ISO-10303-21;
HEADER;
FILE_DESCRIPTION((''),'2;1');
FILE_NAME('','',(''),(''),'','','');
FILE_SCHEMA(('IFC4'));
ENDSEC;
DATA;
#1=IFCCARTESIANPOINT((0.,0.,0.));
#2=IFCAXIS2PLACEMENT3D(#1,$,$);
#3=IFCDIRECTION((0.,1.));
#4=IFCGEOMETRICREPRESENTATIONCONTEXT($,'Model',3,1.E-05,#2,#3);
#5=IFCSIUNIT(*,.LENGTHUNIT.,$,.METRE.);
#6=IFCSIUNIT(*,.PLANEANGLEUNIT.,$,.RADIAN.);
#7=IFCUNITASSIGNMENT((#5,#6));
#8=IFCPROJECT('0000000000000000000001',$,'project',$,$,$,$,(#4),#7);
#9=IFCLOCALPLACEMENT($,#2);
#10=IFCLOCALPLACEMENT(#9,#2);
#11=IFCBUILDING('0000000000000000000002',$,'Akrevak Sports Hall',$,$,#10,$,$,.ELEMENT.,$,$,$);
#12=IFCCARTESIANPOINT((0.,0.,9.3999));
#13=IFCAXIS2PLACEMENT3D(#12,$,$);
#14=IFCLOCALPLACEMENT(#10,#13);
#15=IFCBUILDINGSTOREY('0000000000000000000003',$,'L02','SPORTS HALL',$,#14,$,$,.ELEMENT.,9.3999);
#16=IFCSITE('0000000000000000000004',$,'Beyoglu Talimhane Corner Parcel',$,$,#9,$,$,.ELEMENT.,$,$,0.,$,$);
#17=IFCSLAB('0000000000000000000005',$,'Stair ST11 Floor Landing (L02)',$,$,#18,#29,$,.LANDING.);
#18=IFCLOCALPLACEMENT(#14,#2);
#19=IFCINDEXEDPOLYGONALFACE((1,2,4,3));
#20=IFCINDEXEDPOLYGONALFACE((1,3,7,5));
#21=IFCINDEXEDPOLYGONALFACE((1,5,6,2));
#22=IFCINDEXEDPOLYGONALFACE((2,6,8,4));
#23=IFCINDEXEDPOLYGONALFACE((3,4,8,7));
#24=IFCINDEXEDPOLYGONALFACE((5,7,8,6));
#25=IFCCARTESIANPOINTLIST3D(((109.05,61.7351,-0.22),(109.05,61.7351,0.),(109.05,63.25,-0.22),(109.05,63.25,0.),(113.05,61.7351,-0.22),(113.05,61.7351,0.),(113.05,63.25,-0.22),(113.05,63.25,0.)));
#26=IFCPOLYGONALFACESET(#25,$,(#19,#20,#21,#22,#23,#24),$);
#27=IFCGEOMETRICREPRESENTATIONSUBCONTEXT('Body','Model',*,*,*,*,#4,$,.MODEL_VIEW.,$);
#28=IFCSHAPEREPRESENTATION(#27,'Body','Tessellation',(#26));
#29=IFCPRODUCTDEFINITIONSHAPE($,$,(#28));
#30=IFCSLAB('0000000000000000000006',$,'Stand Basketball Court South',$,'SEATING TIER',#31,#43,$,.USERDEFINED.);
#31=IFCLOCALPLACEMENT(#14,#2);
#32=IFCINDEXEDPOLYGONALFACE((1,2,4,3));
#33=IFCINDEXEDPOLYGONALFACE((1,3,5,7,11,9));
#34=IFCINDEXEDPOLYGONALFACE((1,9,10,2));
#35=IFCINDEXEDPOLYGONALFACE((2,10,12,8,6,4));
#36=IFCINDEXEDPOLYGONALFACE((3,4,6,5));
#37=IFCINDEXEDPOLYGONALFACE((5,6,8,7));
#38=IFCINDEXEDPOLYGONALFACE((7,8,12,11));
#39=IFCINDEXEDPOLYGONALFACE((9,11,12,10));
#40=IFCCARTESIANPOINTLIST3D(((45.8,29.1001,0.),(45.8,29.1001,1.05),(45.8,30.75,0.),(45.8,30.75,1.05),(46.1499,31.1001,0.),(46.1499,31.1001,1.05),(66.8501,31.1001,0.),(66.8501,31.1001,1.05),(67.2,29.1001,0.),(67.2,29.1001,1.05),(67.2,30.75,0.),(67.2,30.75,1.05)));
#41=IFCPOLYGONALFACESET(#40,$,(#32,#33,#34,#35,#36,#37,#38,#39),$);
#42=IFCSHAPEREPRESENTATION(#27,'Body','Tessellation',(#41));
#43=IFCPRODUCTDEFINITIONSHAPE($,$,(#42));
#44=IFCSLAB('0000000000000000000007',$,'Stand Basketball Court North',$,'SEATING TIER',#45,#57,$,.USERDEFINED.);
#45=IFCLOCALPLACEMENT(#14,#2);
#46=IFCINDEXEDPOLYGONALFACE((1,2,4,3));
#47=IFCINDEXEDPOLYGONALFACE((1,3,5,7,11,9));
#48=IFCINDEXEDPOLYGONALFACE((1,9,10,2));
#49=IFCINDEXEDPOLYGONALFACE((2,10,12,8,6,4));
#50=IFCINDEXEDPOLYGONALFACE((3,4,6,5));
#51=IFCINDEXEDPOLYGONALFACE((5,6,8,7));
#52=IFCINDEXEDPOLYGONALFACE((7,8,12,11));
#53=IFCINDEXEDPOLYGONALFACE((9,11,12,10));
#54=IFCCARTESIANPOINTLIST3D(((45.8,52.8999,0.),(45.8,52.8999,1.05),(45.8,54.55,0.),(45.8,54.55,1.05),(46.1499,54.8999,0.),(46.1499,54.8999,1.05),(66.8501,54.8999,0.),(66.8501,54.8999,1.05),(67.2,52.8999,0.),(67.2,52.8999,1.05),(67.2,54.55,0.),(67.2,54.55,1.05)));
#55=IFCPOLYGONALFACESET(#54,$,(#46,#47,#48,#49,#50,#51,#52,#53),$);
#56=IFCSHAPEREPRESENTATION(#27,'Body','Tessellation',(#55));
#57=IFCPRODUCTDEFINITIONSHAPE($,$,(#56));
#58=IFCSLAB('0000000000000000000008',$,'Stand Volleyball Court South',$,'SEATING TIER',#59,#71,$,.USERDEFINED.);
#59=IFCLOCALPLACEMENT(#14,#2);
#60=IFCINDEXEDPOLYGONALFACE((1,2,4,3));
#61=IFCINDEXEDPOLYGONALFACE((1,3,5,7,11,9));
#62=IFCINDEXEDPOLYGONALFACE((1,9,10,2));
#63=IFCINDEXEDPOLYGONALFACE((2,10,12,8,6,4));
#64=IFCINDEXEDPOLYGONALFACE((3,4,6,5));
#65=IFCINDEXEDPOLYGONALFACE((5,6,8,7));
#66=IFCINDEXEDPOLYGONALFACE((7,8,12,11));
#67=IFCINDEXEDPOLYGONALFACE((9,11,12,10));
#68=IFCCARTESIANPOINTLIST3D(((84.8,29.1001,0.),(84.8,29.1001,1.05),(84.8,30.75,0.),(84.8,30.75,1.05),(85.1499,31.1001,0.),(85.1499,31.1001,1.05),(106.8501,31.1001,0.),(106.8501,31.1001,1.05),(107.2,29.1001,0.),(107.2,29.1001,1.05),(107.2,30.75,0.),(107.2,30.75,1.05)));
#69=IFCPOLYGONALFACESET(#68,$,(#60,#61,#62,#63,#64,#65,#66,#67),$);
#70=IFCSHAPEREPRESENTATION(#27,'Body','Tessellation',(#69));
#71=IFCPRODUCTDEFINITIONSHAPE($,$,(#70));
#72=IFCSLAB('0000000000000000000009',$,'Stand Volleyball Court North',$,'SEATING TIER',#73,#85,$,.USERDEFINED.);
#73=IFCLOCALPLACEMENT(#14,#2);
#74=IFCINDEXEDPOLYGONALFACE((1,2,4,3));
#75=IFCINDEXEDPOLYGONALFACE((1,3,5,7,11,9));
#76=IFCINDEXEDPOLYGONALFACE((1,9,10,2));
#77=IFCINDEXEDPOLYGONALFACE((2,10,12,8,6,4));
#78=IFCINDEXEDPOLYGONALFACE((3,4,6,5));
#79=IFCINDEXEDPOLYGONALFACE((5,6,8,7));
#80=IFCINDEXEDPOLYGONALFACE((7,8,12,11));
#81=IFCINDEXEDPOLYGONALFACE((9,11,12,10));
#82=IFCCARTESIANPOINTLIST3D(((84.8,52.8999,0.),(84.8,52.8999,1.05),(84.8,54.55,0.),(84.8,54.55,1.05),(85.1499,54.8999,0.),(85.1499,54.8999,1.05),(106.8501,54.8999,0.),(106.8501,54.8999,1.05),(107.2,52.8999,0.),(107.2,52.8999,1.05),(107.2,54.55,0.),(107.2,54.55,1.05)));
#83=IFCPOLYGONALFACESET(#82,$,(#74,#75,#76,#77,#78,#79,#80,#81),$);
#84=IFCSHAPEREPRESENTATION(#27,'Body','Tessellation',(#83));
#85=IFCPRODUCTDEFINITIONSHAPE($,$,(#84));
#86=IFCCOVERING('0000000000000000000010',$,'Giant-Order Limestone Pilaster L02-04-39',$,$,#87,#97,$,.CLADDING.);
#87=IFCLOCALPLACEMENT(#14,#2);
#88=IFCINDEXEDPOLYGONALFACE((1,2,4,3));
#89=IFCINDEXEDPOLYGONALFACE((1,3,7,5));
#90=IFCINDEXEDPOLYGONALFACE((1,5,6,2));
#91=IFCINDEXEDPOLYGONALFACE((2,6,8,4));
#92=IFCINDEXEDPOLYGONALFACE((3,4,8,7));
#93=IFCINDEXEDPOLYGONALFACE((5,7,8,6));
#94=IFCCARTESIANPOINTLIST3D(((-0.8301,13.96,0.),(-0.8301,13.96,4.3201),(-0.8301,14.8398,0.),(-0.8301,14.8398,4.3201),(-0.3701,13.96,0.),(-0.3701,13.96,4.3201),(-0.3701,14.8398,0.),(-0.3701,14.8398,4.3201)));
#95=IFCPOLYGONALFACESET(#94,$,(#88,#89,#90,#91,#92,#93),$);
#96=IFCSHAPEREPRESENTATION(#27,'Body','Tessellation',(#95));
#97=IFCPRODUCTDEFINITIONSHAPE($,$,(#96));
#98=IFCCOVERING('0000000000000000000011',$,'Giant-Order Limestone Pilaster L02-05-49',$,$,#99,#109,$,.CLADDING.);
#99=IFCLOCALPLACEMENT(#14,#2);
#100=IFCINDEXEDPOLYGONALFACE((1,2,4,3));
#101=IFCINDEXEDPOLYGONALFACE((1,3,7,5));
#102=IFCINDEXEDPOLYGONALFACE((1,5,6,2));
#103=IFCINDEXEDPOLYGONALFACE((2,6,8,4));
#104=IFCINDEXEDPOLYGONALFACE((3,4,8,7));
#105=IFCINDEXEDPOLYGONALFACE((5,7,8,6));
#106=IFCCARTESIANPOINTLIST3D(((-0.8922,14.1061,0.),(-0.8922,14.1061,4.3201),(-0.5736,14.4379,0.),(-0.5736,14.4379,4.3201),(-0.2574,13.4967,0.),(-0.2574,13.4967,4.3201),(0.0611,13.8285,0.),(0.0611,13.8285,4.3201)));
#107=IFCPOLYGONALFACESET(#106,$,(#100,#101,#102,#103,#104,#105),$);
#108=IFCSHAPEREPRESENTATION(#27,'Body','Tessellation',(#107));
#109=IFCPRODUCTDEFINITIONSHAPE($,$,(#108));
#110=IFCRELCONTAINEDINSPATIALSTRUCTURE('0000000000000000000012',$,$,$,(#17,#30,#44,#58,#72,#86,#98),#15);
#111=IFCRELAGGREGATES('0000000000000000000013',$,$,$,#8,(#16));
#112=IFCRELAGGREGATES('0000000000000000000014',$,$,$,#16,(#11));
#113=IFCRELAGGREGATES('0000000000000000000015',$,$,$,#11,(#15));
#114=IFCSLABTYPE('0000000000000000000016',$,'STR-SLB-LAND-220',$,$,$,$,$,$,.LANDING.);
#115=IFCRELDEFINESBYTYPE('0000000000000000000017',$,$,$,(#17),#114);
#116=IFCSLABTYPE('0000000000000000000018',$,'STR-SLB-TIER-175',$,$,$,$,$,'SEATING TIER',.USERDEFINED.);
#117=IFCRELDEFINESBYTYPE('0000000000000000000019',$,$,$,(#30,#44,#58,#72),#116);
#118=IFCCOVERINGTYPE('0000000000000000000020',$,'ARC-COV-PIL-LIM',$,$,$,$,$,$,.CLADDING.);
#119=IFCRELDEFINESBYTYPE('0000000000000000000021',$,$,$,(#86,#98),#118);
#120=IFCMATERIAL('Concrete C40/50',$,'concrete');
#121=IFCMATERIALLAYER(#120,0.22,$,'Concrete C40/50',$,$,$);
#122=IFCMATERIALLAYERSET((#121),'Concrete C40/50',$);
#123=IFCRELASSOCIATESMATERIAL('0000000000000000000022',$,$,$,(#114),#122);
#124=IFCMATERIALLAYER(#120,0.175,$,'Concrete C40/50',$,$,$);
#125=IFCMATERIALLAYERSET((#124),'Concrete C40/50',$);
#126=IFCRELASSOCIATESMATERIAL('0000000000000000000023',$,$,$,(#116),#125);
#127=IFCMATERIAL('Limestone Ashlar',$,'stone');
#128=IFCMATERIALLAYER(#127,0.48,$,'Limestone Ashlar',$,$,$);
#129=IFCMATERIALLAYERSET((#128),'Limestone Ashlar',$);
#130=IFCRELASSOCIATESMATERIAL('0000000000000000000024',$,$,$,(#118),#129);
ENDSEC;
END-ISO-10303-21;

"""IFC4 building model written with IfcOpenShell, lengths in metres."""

from ifc_helpers import new_model, si_unit, direction, frame, origin, origin_2d, place, context, subcontext, project, spatial, polyline, rectangle, outline, extrude, material, layer, layer_set, type_object, element, save


model = new_model("IFC4")

# Units and contexts
model_context = context("Model", 3, precision=1e-05, world=origin(), true_north=direction((0.0, 1.0)))
body_context = subcontext(model_context, "Body", "Model", "MODEL_VIEW")
ifc_project = project(units=[si_unit("LENGTHUNIT", "METRE"), si_unit("PLANEANGLEUNIT", "RADIAN")], contexts=[model_context])

# Site, building, storey
site_placement = place(None, origin())
site = spatial("IfcSite", under=ifc_project, at=site_placement, Name="Beyoglu Talimhane Corner Parcel", CompositionType="ELEMENT", RefElevation=0.0)
building_placement = place(site_placement, origin())
building = spatial("IfcBuilding", under=site, at=building_placement, Name="Akrevak Sports Hall", CompositionType="ELEMENT")
storey_placement = place(building_placement, frame((0.0, 0.0, 9.3999)))
storey = spatial("IfcBuildingStorey", under=building, at=storey_placement, Name="L02", Description="SPORTS HALL", CompositionType="ELEMENT", Elevation=9.3999)

# Shared definitions
ifc_material_1 = material(Name="Concrete C40/50", Category="concrete")

# Slabs
ifc_layer_1 = layer(ifc_material_1, 0.22, Name="Concrete C40/50")
ifc_layer_set_1 = layer_set([ifc_layer_1], Name="Concrete C40/50")
slab_type_1 = type_object("IfcSlabType", Name="STR-SLB-LAND-220", PredefinedType="LANDING", material=ifc_layer_set_1)
slab_1_placement = place(storey_placement, frame((0.0, 0.0, -0.22)))
element("IfcSlab", 1, at=slab_1_placement, inside=storey, type_object=slab_type_1, Name="Stair ST11 Floor Landing (L02)", PredefinedType="LANDING", context=body_context, shape_type="SweptSolid", body=[
    extrude(outline(polyline([(109.05, 61.7351), (113.05, 61.7351), (113.05, 63.25), (109.05, 63.25), (109.05, 61.7351)])), origin(), (0.0, 0.0, 1.0), 0.22),
])
ifc_layer_2 = layer(ifc_material_1, 0.175, Name="Concrete C40/50")
ifc_layer_set_2 = layer_set([ifc_layer_2], Name="Concrete C40/50")
slab_type_2 = type_object("IfcSlabType", Name="STR-SLB-TIER-175", ElementType="SEATING TIER", PredefinedType="USERDEFINED", material=ifc_layer_set_2)
slab_2_placement = place(storey_placement, origin())
element("IfcSlab", 2, at=slab_2_placement, inside=storey, type_object=slab_type_2, Name="Stand Basketball Court South", ObjectType="SEATING TIER", PredefinedType="USERDEFINED", context=body_context, shape_type="SweptSolid", body=[
    extrude(outline(polyline([(45.8, 29.1001), (67.2, 29.1001), (67.2, 30.75), (66.8501, 31.1001), (46.1499, 31.1001), (45.8, 30.75), (45.8, 29.1001)])), origin(), (0.0, 0.0, 1.0), 1.05),
])
slab_3_placement = place(storey_placement, origin())
element("IfcSlab", 3, at=slab_3_placement, inside=storey, type_object=slab_type_2, Name="Stand Basketball Court North", ObjectType="SEATING TIER", PredefinedType="USERDEFINED", context=body_context, shape_type="SweptSolid", body=[
    extrude(outline(polyline([(45.8, 52.8999), (67.2, 52.8999), (67.2, 54.55), (66.8501, 54.8999), (46.1499, 54.8999), (45.8, 54.55), (45.8, 52.8999)])), origin(), (0.0, 0.0, 1.0), 1.05),
])
slab_4_placement = place(storey_placement, origin())
element("IfcSlab", 4, at=slab_4_placement, inside=storey, type_object=slab_type_2, Name="Stand Volleyball Court South", ObjectType="SEATING TIER", PredefinedType="USERDEFINED", context=body_context, shape_type="SweptSolid", body=[
    extrude(outline(polyline([(84.8, 29.1001), (107.2, 29.1001), (107.2, 30.75), (106.8501, 31.1001), (85.1499, 31.1001), (84.8, 30.75), (84.8, 29.1001)])), origin(), (0.0, 0.0, 1.0), 1.05),
])
slab_5_placement = place(storey_placement, origin())
element("IfcSlab", 5, at=slab_5_placement, inside=storey, type_object=slab_type_2, Name="Stand Volleyball Court North", ObjectType="SEATING TIER", PredefinedType="USERDEFINED", context=body_context, shape_type="SweptSolid", body=[
    extrude(outline(polyline([(84.8, 52.8999), (107.2, 52.8999), (107.2, 54.55), (106.8501, 54.8999), (85.1499, 54.8999), (84.8, 54.55), (84.8, 52.8999)])), origin(), (0.0, 0.0, 1.0), 1.05),
])

# Coverings
ifc_material_2 = material(Name="Limestone Ashlar", Category="stone")
ifc_layer_3 = layer(ifc_material_2, 0.48, Name="Limestone Ashlar")
ifc_layer_set_3 = layer_set([ifc_layer_3], Name="Limestone Ashlar")
covering_type = type_object("IfcCoveringType", Name="ARC-COV-PIL-LIM", PredefinedType="CLADDING", material=ifc_layer_set_3)
for number, where, z_axis, x_axis, name in (
    (6, (-0.6001, 14.3999, 0.0), (0.0, 0.0, 1.0), (0.0, -1.0, 0.0), "Giant-Order Limestone Pilaster L02-04-39"),
    (7, (-0.4155, 13.9673, 0.0), (0.0, 0.0, 1.0), (0.721386, -0.692534, 0.0), "Giant-Order Limestone Pilaster L02-05-49"),
):
    element("IfcCovering", number, at=place(storey_placement, frame(where, z_axis=z_axis, x_axis=x_axis)), inside=storey, type_object=covering_type, Name=name, PredefinedType="CLADDING", context=body_context, shape_type="SweptSolid", body=[
        extrude(rectangle(XDim=0.8799, YDim=0.46, at=origin_2d()), origin(), (0.0, 0.0, 1.0), 4.3201),
    ])

save(model, "model.ifc")
